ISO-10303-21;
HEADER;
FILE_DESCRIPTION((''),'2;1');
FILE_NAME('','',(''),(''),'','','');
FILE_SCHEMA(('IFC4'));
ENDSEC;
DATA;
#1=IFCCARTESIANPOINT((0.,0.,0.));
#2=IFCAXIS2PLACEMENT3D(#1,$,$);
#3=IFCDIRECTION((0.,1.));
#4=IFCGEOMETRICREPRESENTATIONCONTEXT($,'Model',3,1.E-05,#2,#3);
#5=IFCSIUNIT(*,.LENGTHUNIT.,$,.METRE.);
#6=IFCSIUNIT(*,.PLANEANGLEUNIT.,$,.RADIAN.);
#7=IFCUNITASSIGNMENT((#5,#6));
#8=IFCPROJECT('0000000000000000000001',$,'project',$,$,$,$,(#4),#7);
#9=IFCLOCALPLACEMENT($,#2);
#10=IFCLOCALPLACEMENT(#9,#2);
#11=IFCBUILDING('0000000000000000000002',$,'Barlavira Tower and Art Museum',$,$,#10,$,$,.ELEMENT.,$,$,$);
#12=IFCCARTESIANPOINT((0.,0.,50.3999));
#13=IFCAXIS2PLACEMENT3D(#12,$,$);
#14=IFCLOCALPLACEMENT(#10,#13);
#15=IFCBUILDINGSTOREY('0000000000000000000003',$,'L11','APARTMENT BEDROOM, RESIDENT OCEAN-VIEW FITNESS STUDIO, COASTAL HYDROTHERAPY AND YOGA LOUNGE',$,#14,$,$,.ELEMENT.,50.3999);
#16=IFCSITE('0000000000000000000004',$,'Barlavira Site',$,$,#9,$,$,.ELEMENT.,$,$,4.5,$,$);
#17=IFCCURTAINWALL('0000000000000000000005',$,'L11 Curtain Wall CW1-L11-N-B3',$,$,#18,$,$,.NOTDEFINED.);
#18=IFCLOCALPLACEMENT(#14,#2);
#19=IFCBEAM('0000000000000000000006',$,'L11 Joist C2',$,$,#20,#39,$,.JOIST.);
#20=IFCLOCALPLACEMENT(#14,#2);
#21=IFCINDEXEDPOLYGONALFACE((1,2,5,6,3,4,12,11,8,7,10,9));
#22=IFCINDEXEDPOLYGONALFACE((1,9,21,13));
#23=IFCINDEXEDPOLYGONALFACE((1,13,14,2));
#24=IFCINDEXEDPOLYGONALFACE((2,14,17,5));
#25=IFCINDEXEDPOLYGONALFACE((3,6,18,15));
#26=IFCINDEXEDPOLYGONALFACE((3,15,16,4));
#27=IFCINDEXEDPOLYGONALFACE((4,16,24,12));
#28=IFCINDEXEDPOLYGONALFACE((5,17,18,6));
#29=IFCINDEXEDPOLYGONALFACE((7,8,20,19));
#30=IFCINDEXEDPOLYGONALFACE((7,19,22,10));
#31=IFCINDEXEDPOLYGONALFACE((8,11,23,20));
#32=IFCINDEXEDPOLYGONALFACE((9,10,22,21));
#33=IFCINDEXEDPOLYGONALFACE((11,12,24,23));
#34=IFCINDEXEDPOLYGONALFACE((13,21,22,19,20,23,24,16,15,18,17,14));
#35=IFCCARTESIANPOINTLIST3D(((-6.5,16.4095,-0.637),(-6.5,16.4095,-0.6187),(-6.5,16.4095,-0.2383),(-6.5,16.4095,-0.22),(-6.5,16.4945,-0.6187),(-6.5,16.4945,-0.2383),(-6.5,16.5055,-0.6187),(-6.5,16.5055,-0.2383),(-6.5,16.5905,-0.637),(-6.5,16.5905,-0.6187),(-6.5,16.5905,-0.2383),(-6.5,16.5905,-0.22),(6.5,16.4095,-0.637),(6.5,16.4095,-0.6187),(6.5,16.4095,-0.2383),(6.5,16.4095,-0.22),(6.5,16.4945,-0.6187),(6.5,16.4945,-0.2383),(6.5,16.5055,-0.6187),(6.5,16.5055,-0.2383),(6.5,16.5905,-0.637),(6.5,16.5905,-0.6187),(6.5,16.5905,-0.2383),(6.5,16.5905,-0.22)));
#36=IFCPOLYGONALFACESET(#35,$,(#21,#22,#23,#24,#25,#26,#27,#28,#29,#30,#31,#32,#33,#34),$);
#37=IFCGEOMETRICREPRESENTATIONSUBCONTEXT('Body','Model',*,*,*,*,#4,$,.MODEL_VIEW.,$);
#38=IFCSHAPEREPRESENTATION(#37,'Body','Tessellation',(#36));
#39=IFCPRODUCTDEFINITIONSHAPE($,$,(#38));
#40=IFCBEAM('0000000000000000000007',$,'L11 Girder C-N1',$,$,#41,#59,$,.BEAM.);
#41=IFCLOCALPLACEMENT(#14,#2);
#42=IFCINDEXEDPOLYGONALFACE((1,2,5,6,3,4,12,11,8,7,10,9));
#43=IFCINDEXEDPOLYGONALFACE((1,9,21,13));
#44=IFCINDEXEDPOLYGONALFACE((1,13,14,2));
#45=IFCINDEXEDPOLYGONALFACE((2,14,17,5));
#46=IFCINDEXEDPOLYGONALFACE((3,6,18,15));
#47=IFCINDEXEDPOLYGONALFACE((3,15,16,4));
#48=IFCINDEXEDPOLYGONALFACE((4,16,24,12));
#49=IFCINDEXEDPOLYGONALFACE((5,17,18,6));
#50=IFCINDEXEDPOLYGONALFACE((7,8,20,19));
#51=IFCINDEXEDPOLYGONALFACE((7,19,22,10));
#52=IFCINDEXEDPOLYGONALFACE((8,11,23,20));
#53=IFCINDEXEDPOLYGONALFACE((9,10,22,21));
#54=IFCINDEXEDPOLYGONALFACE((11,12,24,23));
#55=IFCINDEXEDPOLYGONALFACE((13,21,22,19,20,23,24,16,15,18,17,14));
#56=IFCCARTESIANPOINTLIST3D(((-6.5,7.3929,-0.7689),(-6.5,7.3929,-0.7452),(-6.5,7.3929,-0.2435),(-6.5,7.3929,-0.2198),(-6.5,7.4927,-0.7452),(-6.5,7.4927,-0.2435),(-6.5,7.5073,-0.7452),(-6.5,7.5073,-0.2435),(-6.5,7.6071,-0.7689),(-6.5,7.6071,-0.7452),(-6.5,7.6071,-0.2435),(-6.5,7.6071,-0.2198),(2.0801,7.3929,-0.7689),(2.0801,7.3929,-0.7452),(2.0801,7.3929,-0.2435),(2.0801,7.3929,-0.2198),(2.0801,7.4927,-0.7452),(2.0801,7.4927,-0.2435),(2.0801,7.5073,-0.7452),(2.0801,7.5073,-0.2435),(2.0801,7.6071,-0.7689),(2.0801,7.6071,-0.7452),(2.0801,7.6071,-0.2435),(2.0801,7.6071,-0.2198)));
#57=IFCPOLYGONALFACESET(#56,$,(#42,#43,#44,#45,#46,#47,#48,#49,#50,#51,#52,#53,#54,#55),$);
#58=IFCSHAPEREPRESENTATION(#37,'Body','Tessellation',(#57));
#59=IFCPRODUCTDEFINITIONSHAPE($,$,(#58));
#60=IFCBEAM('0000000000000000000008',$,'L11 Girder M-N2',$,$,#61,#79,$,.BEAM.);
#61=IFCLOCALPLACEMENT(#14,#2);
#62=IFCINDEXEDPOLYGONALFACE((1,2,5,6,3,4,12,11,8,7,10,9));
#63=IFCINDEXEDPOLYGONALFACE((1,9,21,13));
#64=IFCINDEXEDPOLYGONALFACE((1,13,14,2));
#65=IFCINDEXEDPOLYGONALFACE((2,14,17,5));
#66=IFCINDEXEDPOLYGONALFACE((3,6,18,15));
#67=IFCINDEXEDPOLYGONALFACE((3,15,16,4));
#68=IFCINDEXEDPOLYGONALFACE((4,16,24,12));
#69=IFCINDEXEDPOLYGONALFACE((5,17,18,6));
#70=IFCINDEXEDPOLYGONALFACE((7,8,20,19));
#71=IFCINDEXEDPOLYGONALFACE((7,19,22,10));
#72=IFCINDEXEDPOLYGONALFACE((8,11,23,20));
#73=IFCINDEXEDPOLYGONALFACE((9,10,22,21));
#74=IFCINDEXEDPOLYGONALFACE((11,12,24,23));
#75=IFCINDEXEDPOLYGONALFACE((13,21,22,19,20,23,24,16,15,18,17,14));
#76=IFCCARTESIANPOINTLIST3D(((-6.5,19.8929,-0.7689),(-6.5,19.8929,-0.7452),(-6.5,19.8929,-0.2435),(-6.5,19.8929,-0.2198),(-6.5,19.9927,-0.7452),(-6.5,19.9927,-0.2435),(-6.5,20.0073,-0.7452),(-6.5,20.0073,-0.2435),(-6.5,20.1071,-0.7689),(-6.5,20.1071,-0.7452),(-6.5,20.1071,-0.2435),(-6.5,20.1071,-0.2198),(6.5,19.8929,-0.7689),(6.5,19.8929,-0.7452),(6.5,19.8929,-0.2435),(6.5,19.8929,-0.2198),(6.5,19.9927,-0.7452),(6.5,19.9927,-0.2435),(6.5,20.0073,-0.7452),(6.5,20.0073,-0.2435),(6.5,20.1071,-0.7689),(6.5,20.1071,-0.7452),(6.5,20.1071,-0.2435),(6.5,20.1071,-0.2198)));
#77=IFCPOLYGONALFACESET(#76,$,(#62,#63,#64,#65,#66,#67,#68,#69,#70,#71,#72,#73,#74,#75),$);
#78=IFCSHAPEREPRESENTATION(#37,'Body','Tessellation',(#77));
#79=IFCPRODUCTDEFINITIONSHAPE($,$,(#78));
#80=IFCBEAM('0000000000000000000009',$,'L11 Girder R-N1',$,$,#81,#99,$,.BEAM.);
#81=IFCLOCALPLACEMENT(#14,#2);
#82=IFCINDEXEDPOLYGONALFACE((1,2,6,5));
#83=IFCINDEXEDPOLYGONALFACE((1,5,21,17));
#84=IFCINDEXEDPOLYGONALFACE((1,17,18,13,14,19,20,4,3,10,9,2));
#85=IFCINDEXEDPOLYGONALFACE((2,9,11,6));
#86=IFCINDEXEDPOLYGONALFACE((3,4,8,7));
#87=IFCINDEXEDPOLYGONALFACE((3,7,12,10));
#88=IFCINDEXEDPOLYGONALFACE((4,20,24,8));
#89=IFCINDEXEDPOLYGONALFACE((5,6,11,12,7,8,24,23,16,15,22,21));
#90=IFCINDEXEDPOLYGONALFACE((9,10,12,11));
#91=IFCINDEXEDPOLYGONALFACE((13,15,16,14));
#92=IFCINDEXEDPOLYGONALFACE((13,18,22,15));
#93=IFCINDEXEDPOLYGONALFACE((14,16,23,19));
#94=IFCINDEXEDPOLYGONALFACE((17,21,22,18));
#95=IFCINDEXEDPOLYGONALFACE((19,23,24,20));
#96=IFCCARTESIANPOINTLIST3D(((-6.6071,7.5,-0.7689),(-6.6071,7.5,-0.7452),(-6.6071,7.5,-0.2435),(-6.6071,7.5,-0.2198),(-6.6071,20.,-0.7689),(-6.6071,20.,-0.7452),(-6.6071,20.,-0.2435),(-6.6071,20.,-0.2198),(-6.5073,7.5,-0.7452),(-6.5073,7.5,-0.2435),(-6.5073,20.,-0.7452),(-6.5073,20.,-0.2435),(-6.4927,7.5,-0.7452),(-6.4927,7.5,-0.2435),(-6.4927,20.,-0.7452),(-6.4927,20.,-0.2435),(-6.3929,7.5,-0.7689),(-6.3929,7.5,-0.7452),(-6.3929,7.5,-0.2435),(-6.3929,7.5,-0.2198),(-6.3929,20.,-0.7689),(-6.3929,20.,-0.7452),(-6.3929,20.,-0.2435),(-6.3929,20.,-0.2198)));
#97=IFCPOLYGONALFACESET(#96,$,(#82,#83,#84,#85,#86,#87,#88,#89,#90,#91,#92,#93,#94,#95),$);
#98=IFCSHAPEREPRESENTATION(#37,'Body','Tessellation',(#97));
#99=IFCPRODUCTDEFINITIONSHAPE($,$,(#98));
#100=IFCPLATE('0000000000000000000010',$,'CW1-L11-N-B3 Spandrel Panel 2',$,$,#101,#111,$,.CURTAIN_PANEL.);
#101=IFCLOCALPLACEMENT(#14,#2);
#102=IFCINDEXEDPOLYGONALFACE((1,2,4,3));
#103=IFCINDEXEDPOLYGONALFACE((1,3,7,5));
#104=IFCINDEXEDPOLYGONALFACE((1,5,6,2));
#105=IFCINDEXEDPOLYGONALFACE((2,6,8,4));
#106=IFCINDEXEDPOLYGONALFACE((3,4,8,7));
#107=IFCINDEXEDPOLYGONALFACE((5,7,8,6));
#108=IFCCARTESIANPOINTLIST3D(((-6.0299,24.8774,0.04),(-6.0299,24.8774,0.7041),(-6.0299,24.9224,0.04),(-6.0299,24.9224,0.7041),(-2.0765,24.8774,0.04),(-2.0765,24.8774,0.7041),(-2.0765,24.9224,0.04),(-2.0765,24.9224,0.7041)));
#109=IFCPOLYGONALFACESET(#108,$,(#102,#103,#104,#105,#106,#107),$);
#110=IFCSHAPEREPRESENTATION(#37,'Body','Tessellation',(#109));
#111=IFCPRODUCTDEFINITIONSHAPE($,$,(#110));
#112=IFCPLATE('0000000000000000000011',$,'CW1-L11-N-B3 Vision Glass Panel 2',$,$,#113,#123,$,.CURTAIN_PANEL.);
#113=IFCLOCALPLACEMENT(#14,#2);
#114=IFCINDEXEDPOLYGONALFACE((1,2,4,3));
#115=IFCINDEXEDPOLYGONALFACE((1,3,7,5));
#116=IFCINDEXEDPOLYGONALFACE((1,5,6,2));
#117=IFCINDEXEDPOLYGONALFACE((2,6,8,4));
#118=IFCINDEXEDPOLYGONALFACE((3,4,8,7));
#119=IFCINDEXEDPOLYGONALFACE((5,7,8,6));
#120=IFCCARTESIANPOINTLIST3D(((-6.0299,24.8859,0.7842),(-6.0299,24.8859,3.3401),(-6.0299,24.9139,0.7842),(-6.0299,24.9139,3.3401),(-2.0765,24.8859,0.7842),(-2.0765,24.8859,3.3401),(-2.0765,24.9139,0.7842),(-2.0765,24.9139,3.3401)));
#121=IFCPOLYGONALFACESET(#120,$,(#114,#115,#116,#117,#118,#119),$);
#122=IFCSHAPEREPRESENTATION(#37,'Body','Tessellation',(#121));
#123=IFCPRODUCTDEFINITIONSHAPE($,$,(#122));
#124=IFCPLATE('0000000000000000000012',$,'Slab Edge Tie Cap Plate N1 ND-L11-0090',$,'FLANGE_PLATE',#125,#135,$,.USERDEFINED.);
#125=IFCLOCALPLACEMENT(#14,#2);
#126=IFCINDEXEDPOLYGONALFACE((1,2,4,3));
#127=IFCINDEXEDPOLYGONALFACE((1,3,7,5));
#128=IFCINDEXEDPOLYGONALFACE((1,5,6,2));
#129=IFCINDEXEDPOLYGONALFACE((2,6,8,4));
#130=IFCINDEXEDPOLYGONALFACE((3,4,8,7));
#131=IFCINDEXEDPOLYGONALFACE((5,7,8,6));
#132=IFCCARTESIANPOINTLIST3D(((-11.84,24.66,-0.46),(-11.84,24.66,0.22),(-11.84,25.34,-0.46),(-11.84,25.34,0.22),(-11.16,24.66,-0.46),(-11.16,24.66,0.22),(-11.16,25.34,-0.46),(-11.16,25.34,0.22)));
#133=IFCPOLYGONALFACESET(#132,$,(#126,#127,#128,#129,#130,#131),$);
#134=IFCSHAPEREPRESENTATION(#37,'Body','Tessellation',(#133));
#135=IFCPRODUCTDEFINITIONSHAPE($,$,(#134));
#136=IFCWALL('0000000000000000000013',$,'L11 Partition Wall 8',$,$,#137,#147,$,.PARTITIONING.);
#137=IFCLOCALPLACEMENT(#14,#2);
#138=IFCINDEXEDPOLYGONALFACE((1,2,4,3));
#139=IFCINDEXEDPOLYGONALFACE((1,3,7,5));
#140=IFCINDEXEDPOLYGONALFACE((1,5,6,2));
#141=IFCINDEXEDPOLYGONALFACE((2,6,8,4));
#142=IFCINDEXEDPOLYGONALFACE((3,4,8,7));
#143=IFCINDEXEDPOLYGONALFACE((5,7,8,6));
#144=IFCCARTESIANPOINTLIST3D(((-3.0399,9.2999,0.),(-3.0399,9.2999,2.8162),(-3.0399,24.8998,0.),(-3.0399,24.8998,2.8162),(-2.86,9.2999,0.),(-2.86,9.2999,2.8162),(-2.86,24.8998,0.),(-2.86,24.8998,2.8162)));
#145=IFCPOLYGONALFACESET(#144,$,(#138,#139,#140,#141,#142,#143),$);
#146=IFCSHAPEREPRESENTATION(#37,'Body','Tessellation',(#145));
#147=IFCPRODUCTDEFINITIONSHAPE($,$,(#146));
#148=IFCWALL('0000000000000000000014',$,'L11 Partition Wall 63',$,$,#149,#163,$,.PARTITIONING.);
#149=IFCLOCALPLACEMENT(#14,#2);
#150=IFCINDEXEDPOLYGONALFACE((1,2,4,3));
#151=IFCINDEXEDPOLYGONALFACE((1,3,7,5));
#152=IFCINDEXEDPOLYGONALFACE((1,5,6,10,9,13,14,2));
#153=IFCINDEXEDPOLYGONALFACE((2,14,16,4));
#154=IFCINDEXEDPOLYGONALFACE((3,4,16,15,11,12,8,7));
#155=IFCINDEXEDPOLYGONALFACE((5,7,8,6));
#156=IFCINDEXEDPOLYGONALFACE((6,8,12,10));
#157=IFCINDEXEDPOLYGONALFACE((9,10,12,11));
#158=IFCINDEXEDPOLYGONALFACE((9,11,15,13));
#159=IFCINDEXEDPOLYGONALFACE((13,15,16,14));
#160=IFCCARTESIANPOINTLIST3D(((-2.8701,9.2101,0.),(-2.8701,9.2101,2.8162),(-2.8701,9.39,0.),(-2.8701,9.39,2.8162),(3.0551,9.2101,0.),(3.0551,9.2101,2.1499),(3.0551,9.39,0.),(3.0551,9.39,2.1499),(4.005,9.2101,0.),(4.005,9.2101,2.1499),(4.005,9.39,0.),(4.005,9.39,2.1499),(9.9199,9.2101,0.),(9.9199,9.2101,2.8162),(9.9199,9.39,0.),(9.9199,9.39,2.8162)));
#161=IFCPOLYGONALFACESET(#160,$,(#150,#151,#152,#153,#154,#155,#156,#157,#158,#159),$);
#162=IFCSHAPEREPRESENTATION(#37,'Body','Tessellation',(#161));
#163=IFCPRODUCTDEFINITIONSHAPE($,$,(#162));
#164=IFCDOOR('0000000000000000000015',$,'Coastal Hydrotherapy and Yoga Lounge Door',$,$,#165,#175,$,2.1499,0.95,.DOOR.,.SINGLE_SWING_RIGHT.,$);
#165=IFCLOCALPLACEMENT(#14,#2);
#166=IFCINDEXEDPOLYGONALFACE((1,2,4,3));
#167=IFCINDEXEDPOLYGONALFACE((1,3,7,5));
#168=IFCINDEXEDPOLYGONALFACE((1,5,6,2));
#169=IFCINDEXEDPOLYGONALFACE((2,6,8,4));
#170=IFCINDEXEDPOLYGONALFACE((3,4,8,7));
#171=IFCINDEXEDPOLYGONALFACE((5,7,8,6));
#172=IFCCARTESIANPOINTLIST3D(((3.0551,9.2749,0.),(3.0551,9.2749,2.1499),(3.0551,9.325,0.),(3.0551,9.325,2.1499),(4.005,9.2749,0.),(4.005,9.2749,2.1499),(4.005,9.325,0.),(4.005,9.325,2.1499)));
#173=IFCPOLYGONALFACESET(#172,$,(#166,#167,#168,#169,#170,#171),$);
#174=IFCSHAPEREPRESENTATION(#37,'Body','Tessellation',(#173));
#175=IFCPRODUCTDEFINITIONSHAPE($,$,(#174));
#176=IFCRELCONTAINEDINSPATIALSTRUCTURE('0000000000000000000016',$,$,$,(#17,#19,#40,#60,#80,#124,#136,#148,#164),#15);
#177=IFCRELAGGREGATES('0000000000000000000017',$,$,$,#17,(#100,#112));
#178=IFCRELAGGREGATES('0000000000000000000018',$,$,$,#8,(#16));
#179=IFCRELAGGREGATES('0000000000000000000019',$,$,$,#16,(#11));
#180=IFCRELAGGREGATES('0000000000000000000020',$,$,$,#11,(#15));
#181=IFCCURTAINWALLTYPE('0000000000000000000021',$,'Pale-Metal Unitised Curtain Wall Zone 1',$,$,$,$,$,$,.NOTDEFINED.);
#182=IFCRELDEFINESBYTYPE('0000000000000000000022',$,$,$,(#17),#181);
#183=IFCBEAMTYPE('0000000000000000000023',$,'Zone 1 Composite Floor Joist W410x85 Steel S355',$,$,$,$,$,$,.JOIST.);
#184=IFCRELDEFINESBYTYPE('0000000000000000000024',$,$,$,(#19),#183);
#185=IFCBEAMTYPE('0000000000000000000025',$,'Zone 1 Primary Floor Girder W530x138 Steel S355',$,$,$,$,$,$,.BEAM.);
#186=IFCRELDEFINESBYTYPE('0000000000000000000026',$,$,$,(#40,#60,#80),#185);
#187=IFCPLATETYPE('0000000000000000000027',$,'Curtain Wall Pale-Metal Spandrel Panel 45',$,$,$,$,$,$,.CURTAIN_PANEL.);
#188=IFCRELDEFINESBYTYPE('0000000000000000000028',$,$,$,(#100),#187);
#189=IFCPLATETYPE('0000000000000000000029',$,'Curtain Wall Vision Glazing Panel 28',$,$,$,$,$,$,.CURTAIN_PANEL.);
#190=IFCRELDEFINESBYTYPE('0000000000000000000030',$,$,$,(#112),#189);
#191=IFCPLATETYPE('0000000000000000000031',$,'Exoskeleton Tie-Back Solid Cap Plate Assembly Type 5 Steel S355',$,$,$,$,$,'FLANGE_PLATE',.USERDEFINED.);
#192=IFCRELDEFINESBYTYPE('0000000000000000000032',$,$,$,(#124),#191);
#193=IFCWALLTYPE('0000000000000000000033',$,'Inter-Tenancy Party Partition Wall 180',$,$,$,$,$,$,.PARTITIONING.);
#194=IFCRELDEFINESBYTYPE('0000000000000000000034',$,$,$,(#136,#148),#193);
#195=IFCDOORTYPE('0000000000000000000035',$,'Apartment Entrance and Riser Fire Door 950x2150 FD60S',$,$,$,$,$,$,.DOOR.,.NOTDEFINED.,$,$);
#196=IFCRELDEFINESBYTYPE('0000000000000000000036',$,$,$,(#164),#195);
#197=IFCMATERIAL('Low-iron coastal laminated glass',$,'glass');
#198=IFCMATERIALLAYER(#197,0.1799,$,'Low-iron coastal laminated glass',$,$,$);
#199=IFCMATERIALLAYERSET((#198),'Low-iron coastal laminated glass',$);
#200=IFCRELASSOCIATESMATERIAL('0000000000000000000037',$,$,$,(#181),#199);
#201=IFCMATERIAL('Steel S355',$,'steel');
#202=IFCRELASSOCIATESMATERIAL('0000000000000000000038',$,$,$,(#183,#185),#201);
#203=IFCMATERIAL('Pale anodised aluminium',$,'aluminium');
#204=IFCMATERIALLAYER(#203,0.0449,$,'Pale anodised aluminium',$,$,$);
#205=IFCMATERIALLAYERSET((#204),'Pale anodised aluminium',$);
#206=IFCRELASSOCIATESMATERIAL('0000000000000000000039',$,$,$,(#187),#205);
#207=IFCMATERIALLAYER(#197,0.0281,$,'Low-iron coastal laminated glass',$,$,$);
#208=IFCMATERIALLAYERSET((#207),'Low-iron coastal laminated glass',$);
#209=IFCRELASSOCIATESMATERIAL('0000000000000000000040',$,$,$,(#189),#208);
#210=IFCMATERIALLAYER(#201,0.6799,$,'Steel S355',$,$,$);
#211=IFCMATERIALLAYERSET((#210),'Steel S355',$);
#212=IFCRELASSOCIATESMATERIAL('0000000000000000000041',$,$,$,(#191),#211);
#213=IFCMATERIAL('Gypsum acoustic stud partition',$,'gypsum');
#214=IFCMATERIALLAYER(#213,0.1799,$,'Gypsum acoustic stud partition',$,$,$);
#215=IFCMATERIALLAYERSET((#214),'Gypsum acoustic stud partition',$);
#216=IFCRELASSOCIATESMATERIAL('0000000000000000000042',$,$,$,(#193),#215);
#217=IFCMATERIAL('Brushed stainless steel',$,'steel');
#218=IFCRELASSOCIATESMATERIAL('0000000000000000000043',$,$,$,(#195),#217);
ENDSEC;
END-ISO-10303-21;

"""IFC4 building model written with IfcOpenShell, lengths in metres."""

from ifc_helpers import new_model, si_unit, direction, frame, frame_2d, origin, origin_2d, place, context, subcontext, project, spatial, rectangle, i_section, extrude, material, layer, layer_set, material_profile, profile_set, type_object, element, fill, aggregate, save


model = new_model("IFC4")

# Units and contexts
model_context = context("Model", 3, precision=1e-05, world=origin(), true_north=direction((0.0, 1.0)))
body_context = subcontext(model_context, "Body", "Model", "MODEL_VIEW")
ifc_project = project(units=[si_unit("LENGTHUNIT", "METRE"), si_unit("PLANEANGLEUNIT", "RADIAN")], contexts=[model_context])

# Site, building, storey
site_placement = place(None, origin())
site = spatial("IfcSite", under=ifc_project, at=site_placement, Name="Barlavira Site", CompositionType="ELEMENT", RefElevation=4.5)
building_placement = place(site_placement, origin())
building = spatial("IfcBuilding", under=site, at=building_placement, Name="Barlavira Tower and Art Museum", CompositionType="ELEMENT")
storey_placement = place(building_placement, frame((0.0, 0.0, 50.3999)))
storey = spatial("IfcBuildingStorey", under=building, at=storey_placement, Name="L11", Description="APARTMENT BEDROOM, RESIDENT OCEAN-VIEW FITNESS STUDIO, COASTAL HYDROTHERAPY AND YOGA LOUNGE", CompositionType="ELEMENT", Elevation=50.3999)

# Shared definitions
ifc_material_1 = material(Name="Steel S355", Category="steel")

# Curtain wall
ifc_material_2 = material(Name="Low-iron coastal laminated glass", Category="glass")
ifc_layer_1 = layer(ifc_material_2, 0.1799, Name="Low-iron coastal laminated glass")
ifc_layer_set_1 = layer_set([ifc_layer_1], Name="Low-iron coastal laminated glass")
curtain_wall_type = type_object("IfcCurtainWallType", Name="Pale-Metal Unitised Curtain Wall Zone 1", PredefinedType="NOTDEFINED", material=ifc_layer_set_1)
curtain_wall_placement = place(storey_placement, origin())
curtain_wall = element("IfcCurtainWall", 1, at=curtain_wall_placement, inside=storey, type_object=curtain_wall_type, Name="L11 Curtain Wall CW1-L11-N-B3", PredefinedType="NOTDEFINED")
ifc_material_3 = material(Name="Pale anodised aluminium", Category="aluminium")

# Beams
ifc_material_profile_1 = material_profile(ifc_material_1, i_section(OverallWidth=0.1809, OverallDepth=0.417, WebThickness=0.011, FlangeThickness=0.0183, at=origin_2d()), Name="W410x85.0")
ifc_profile_set_1 = profile_set([ifc_material_profile_1], Name="Steel S355")
beam_type_1 = type_object("IfcBeamType", Name="Zone 1 Composite Floor Joist W410x85 Steel S355", PredefinedType="JOIST", material=ifc_profile_set_1)
beam_1_placement = place(storey_placement, frame((-6.5, 16.5, -0.4285), z_axis=(1.0, 0.0, 0.0), x_axis=(0.0, 1.0, 0.0)))
element("IfcBeam", 2, at=beam_1_placement, inside=storey, type_object=beam_type_1, Name="L11 Joist C2", PredefinedType="JOIST", context=body_context, shape_type="SweptSolid", body=[
    extrude(i_section(OverallWidth=0.1809, OverallDepth=0.417, WebThickness=0.011, FlangeThickness=0.0183, at=origin_2d()), origin(), (0.0, 0.0, 1.0), 13.0),
])
ifc_material_profile_2 = material_profile(ifc_material_1, i_section(OverallWidth=0.2141, OverallDepth=0.5491, WebThickness=0.0146, FlangeThickness=0.0237, at=origin_2d()), Name="W530x138.0")
ifc_profile_set_2 = profile_set([ifc_material_profile_2], Name="Steel S355")
beam_type_2 = type_object("IfcBeamType", Name="Zone 1 Primary Floor Girder W530x138 Steel S355", PredefinedType="BEAM", material=ifc_profile_set_2)
beam_2_placement = place(storey_placement, frame((-6.5, 7.5, -0.4944), z_axis=(1.0, 0.0, 0.0), x_axis=(0.0, 1.0, 0.0)))
element("IfcBeam", 3, at=beam_2_placement, inside=storey, type_object=beam_type_2, Name="L11 Girder C-N1", PredefinedType="BEAM", context=body_context, shape_type="SweptSolid", body=[
    extrude(i_section(OverallWidth=0.2141, OverallDepth=0.5491, WebThickness=0.0146, FlangeThickness=0.0237, at=origin_2d()), origin(), (0.0, 0.0, 1.0), 8.5801),
])
beam_3_placement = place(storey_placement, frame((-6.5, 20.0, -0.4944), z_axis=(1.0, 0.0, 0.0), x_axis=(0.0, 1.0, 0.0)))
element("IfcBeam", 4, at=beam_3_placement, inside=storey, type_object=beam_type_2, Name="L11 Girder M-N2", PredefinedType="BEAM", context=body_context, shape_type="SweptSolid", body=[
    extrude(i_section(OverallWidth=0.2141, OverallDepth=0.5491, WebThickness=0.0146, FlangeThickness=0.0237, at=origin_2d()), origin(), (0.0, 0.0, 1.0), 13.0),
])
beam_4_placement = place(storey_placement, frame((-6.5, 7.5, -0.4944), z_axis=(0.0, 1.0, 0.0), x_axis=(-1.0, 0.0, 0.0)))
element("IfcBeam", 5, at=beam_4_placement, inside=storey, type_object=beam_type_2, Name="L11 Girder R-N1", PredefinedType="BEAM", context=body_context, shape_type="SweptSolid", body=[
    extrude(i_section(OverallWidth=0.2141, OverallDepth=0.5491, WebThickness=0.0146, FlangeThickness=0.0237, at=origin_2d()), origin(), (0.0, 0.0, 1.0), 12.5),
])

# Plates
ifc_layer_2 = layer(ifc_material_3, 0.0449, Name="Pale anodised aluminium")
ifc_layer_set_2 = layer_set([ifc_layer_2], Name="Pale anodised aluminium")
plate_type_1 = type_object("IfcPlateType", Name="Curtain Wall Pale-Metal Spandrel Panel 45", PredefinedType="CURTAIN_PANEL", material=ifc_layer_set_2)
plate_1_placement = place(storey_placement, frame((-4.0532, 24.8999, 0.04), z_axis=(0.0, 0.0, 1.0), x_axis=(-1.0, 0.0, 0.0)))
plate_1 = element("IfcPlate", 6, at=plate_1_placement, type_object=plate_type_1, Name="CW1-L11-N-B3 Spandrel Panel 2", PredefinedType="CURTAIN_PANEL", context=body_context, shape_type="SweptSolid", body=[
    extrude(rectangle(XDim=3.9534, YDim=0.0449, at=origin_2d()), origin(), (0.0, 0.0, 1.0), 0.6641),
])
ifc_layer_3 = layer(ifc_material_2, 0.0281, Name="Low-iron coastal laminated glass")
ifc_layer_set_3 = layer_set([ifc_layer_3], Name="Low-iron coastal laminated glass")
plate_type_2 = type_object("IfcPlateType", Name="Curtain Wall Vision Glazing Panel 28", PredefinedType="CURTAIN_PANEL", material=ifc_layer_set_3)
plate_2_placement = place(storey_placement, frame((-4.0532, 24.8999, 0.7842), z_axis=(0.0, 0.0, 1.0), x_axis=(-1.0, 0.0, 0.0)))
plate_2 = element("IfcPlate", 7, at=plate_2_placement, type_object=plate_type_2, Name="CW1-L11-N-B3 Vision Glass Panel 2", PredefinedType="CURTAIN_PANEL", context=body_context, shape_type="SweptSolid", body=[
    extrude(rectangle(XDim=3.9534, YDim=0.0281, at=origin_2d()), origin(), (0.0, 0.0, 1.0), 2.5559),
])
aggregate(curtain_wall, [plate_1, plate_2])
ifc_layer_4 = layer(ifc_material_1, 0.6799, Name="Steel S355")
ifc_layer_set_4 = layer_set([ifc_layer_4], Name="Steel S355")
plate_type_3 = type_object("IfcPlateType", Name="Exoskeleton Tie-Back Solid Cap Plate Assembly Type 5 Steel S355", ElementType="FLANGE_PLATE", PredefinedType="USERDEFINED", material=ifc_layer_set_4)
plate_3_placement = place(storey_placement, frame((-11.5, 25.0, -0.46), z_axis=(0.0, 0.0, 1.0), x_axis=(1.0, 0.0, 0.0)))
element("IfcPlate", 8, at=plate_3_placement, inside=storey, type_object=plate_type_3, Name="Slab Edge Tie Cap Plate N1 ND-L11-0090", ObjectType="FLANGE_PLATE", PredefinedType="USERDEFINED", context=body_context, shape_type="SweptSolid", body=[
    extrude(rectangle(XDim=0.6799, YDim=0.6799, at=origin_2d()), origin(), (0.0, 0.0, 1.0), 0.6799),
])

# Shared definitions
ifc_material_4 = material(Name="Brushed stainless steel", Category="steel")

# Wall
ifc_material_5 = material(Name="Gypsum acoustic stud partition", Category="gypsum")
ifc_layer_5 = layer(ifc_material_5, 0.1799, Name="Gypsum acoustic stud partition")
ifc_layer_set_5 = layer_set([ifc_layer_5], Name="Gypsum acoustic stud partition")
wall_type_1 = type_object("IfcWallType", Name="Inter-Tenancy Party Partition Wall 180", PredefinedType="PARTITIONING", material=ifc_layer_set_5)
wall_1_placement = place(storey_placement, frame((-2.95, 9.3, 0.0), z_axis=(0.0, 0.0, 1.0), x_axis=(0.0, 1.0, 0.0)))
element("IfcWall", 9, at=wall_1_placement, inside=storey, type_object=wall_type_1, Name="L11 Partition Wall 8", PredefinedType="PARTITIONING", context=body_context, shape_type="SweptSolid", body=[
    extrude(rectangle(XDim=15.5999, YDim=0.1799, at=frame_2d((7.7998, 0.0))), origin(), (0.0, 0.0, 1.0), 2.8162),
])

# Wall, opening, door
wall_2_placement = place(storey_placement, frame((-2.8701, 9.3, 0.0), z_axis=(0.0, 0.0, 1.0), x_axis=(1.0, 0.0, 0.0)))
wall_2 = element("IfcWall", 10, at=wall_2_placement, inside=storey, type_object=wall_type_1, Name="L11 Partition Wall 63", PredefinedType="PARTITIONING", context=body_context, shape_type="SweptSolid", body=[
    extrude(rectangle(XDim=12.79, YDim=0.1799, at=frame_2d((6.395, 0.0))), origin(), (0.0, 0.0, 1.0), 2.8162),
])
opening_1_placement = place(wall_2_placement, frame((5.925, 0.0, 0.0)))
opening_1 = element("IfcOpeningElement", 11, at=opening_1_placement, cuts=wall_2, PredefinedType="OPENING", context=body_context, shape_type="SweptSolid", body=[
    extrude(rectangle(XDim=0.95, YDim=2.1499, at=frame_2d((0.4751, 1.075))), frame((0.0, 0.1001, 0.0), z_axis=(0.0, -1.0, 0.0), x_axis=(1.0, 0.0, 0.0)), (0.0, 0.0, 1.0), 0.2),
])
door_type_1 = type_object("IfcDoorType", Name="Apartment Entrance and Riser Fire Door 950x2150 FD60S", OperationType="NOTDEFINED", PredefinedType="DOOR", material=ifc_material_4)
door_1_placement = place(opening_1_placement, origin())
door_1 = element("IfcDoor", 12, at=door_1_placement, inside=storey, type_object=door_type_1, Name="Coastal Hydrotherapy and Yoga Lounge Door", OperationType="SINGLE_SWING_RIGHT", OverallHeight=2.1499, OverallWidth=0.95, PredefinedType="DOOR", context=body_context, shape_type="SweptSolid", body=[
    extrude(rectangle(XDim=0.95, YDim=2.1499, at=frame_2d((0.4751, 1.075))), frame((0.0, 0.0249, 0.0), z_axis=(0.0, -1.0, 0.0), x_axis=(1.0, 0.0, 0.0)), (0.0, 0.0, 1.0), 0.05),
])
fill(opening_1, door_1)

save(model, "model.ifc")
